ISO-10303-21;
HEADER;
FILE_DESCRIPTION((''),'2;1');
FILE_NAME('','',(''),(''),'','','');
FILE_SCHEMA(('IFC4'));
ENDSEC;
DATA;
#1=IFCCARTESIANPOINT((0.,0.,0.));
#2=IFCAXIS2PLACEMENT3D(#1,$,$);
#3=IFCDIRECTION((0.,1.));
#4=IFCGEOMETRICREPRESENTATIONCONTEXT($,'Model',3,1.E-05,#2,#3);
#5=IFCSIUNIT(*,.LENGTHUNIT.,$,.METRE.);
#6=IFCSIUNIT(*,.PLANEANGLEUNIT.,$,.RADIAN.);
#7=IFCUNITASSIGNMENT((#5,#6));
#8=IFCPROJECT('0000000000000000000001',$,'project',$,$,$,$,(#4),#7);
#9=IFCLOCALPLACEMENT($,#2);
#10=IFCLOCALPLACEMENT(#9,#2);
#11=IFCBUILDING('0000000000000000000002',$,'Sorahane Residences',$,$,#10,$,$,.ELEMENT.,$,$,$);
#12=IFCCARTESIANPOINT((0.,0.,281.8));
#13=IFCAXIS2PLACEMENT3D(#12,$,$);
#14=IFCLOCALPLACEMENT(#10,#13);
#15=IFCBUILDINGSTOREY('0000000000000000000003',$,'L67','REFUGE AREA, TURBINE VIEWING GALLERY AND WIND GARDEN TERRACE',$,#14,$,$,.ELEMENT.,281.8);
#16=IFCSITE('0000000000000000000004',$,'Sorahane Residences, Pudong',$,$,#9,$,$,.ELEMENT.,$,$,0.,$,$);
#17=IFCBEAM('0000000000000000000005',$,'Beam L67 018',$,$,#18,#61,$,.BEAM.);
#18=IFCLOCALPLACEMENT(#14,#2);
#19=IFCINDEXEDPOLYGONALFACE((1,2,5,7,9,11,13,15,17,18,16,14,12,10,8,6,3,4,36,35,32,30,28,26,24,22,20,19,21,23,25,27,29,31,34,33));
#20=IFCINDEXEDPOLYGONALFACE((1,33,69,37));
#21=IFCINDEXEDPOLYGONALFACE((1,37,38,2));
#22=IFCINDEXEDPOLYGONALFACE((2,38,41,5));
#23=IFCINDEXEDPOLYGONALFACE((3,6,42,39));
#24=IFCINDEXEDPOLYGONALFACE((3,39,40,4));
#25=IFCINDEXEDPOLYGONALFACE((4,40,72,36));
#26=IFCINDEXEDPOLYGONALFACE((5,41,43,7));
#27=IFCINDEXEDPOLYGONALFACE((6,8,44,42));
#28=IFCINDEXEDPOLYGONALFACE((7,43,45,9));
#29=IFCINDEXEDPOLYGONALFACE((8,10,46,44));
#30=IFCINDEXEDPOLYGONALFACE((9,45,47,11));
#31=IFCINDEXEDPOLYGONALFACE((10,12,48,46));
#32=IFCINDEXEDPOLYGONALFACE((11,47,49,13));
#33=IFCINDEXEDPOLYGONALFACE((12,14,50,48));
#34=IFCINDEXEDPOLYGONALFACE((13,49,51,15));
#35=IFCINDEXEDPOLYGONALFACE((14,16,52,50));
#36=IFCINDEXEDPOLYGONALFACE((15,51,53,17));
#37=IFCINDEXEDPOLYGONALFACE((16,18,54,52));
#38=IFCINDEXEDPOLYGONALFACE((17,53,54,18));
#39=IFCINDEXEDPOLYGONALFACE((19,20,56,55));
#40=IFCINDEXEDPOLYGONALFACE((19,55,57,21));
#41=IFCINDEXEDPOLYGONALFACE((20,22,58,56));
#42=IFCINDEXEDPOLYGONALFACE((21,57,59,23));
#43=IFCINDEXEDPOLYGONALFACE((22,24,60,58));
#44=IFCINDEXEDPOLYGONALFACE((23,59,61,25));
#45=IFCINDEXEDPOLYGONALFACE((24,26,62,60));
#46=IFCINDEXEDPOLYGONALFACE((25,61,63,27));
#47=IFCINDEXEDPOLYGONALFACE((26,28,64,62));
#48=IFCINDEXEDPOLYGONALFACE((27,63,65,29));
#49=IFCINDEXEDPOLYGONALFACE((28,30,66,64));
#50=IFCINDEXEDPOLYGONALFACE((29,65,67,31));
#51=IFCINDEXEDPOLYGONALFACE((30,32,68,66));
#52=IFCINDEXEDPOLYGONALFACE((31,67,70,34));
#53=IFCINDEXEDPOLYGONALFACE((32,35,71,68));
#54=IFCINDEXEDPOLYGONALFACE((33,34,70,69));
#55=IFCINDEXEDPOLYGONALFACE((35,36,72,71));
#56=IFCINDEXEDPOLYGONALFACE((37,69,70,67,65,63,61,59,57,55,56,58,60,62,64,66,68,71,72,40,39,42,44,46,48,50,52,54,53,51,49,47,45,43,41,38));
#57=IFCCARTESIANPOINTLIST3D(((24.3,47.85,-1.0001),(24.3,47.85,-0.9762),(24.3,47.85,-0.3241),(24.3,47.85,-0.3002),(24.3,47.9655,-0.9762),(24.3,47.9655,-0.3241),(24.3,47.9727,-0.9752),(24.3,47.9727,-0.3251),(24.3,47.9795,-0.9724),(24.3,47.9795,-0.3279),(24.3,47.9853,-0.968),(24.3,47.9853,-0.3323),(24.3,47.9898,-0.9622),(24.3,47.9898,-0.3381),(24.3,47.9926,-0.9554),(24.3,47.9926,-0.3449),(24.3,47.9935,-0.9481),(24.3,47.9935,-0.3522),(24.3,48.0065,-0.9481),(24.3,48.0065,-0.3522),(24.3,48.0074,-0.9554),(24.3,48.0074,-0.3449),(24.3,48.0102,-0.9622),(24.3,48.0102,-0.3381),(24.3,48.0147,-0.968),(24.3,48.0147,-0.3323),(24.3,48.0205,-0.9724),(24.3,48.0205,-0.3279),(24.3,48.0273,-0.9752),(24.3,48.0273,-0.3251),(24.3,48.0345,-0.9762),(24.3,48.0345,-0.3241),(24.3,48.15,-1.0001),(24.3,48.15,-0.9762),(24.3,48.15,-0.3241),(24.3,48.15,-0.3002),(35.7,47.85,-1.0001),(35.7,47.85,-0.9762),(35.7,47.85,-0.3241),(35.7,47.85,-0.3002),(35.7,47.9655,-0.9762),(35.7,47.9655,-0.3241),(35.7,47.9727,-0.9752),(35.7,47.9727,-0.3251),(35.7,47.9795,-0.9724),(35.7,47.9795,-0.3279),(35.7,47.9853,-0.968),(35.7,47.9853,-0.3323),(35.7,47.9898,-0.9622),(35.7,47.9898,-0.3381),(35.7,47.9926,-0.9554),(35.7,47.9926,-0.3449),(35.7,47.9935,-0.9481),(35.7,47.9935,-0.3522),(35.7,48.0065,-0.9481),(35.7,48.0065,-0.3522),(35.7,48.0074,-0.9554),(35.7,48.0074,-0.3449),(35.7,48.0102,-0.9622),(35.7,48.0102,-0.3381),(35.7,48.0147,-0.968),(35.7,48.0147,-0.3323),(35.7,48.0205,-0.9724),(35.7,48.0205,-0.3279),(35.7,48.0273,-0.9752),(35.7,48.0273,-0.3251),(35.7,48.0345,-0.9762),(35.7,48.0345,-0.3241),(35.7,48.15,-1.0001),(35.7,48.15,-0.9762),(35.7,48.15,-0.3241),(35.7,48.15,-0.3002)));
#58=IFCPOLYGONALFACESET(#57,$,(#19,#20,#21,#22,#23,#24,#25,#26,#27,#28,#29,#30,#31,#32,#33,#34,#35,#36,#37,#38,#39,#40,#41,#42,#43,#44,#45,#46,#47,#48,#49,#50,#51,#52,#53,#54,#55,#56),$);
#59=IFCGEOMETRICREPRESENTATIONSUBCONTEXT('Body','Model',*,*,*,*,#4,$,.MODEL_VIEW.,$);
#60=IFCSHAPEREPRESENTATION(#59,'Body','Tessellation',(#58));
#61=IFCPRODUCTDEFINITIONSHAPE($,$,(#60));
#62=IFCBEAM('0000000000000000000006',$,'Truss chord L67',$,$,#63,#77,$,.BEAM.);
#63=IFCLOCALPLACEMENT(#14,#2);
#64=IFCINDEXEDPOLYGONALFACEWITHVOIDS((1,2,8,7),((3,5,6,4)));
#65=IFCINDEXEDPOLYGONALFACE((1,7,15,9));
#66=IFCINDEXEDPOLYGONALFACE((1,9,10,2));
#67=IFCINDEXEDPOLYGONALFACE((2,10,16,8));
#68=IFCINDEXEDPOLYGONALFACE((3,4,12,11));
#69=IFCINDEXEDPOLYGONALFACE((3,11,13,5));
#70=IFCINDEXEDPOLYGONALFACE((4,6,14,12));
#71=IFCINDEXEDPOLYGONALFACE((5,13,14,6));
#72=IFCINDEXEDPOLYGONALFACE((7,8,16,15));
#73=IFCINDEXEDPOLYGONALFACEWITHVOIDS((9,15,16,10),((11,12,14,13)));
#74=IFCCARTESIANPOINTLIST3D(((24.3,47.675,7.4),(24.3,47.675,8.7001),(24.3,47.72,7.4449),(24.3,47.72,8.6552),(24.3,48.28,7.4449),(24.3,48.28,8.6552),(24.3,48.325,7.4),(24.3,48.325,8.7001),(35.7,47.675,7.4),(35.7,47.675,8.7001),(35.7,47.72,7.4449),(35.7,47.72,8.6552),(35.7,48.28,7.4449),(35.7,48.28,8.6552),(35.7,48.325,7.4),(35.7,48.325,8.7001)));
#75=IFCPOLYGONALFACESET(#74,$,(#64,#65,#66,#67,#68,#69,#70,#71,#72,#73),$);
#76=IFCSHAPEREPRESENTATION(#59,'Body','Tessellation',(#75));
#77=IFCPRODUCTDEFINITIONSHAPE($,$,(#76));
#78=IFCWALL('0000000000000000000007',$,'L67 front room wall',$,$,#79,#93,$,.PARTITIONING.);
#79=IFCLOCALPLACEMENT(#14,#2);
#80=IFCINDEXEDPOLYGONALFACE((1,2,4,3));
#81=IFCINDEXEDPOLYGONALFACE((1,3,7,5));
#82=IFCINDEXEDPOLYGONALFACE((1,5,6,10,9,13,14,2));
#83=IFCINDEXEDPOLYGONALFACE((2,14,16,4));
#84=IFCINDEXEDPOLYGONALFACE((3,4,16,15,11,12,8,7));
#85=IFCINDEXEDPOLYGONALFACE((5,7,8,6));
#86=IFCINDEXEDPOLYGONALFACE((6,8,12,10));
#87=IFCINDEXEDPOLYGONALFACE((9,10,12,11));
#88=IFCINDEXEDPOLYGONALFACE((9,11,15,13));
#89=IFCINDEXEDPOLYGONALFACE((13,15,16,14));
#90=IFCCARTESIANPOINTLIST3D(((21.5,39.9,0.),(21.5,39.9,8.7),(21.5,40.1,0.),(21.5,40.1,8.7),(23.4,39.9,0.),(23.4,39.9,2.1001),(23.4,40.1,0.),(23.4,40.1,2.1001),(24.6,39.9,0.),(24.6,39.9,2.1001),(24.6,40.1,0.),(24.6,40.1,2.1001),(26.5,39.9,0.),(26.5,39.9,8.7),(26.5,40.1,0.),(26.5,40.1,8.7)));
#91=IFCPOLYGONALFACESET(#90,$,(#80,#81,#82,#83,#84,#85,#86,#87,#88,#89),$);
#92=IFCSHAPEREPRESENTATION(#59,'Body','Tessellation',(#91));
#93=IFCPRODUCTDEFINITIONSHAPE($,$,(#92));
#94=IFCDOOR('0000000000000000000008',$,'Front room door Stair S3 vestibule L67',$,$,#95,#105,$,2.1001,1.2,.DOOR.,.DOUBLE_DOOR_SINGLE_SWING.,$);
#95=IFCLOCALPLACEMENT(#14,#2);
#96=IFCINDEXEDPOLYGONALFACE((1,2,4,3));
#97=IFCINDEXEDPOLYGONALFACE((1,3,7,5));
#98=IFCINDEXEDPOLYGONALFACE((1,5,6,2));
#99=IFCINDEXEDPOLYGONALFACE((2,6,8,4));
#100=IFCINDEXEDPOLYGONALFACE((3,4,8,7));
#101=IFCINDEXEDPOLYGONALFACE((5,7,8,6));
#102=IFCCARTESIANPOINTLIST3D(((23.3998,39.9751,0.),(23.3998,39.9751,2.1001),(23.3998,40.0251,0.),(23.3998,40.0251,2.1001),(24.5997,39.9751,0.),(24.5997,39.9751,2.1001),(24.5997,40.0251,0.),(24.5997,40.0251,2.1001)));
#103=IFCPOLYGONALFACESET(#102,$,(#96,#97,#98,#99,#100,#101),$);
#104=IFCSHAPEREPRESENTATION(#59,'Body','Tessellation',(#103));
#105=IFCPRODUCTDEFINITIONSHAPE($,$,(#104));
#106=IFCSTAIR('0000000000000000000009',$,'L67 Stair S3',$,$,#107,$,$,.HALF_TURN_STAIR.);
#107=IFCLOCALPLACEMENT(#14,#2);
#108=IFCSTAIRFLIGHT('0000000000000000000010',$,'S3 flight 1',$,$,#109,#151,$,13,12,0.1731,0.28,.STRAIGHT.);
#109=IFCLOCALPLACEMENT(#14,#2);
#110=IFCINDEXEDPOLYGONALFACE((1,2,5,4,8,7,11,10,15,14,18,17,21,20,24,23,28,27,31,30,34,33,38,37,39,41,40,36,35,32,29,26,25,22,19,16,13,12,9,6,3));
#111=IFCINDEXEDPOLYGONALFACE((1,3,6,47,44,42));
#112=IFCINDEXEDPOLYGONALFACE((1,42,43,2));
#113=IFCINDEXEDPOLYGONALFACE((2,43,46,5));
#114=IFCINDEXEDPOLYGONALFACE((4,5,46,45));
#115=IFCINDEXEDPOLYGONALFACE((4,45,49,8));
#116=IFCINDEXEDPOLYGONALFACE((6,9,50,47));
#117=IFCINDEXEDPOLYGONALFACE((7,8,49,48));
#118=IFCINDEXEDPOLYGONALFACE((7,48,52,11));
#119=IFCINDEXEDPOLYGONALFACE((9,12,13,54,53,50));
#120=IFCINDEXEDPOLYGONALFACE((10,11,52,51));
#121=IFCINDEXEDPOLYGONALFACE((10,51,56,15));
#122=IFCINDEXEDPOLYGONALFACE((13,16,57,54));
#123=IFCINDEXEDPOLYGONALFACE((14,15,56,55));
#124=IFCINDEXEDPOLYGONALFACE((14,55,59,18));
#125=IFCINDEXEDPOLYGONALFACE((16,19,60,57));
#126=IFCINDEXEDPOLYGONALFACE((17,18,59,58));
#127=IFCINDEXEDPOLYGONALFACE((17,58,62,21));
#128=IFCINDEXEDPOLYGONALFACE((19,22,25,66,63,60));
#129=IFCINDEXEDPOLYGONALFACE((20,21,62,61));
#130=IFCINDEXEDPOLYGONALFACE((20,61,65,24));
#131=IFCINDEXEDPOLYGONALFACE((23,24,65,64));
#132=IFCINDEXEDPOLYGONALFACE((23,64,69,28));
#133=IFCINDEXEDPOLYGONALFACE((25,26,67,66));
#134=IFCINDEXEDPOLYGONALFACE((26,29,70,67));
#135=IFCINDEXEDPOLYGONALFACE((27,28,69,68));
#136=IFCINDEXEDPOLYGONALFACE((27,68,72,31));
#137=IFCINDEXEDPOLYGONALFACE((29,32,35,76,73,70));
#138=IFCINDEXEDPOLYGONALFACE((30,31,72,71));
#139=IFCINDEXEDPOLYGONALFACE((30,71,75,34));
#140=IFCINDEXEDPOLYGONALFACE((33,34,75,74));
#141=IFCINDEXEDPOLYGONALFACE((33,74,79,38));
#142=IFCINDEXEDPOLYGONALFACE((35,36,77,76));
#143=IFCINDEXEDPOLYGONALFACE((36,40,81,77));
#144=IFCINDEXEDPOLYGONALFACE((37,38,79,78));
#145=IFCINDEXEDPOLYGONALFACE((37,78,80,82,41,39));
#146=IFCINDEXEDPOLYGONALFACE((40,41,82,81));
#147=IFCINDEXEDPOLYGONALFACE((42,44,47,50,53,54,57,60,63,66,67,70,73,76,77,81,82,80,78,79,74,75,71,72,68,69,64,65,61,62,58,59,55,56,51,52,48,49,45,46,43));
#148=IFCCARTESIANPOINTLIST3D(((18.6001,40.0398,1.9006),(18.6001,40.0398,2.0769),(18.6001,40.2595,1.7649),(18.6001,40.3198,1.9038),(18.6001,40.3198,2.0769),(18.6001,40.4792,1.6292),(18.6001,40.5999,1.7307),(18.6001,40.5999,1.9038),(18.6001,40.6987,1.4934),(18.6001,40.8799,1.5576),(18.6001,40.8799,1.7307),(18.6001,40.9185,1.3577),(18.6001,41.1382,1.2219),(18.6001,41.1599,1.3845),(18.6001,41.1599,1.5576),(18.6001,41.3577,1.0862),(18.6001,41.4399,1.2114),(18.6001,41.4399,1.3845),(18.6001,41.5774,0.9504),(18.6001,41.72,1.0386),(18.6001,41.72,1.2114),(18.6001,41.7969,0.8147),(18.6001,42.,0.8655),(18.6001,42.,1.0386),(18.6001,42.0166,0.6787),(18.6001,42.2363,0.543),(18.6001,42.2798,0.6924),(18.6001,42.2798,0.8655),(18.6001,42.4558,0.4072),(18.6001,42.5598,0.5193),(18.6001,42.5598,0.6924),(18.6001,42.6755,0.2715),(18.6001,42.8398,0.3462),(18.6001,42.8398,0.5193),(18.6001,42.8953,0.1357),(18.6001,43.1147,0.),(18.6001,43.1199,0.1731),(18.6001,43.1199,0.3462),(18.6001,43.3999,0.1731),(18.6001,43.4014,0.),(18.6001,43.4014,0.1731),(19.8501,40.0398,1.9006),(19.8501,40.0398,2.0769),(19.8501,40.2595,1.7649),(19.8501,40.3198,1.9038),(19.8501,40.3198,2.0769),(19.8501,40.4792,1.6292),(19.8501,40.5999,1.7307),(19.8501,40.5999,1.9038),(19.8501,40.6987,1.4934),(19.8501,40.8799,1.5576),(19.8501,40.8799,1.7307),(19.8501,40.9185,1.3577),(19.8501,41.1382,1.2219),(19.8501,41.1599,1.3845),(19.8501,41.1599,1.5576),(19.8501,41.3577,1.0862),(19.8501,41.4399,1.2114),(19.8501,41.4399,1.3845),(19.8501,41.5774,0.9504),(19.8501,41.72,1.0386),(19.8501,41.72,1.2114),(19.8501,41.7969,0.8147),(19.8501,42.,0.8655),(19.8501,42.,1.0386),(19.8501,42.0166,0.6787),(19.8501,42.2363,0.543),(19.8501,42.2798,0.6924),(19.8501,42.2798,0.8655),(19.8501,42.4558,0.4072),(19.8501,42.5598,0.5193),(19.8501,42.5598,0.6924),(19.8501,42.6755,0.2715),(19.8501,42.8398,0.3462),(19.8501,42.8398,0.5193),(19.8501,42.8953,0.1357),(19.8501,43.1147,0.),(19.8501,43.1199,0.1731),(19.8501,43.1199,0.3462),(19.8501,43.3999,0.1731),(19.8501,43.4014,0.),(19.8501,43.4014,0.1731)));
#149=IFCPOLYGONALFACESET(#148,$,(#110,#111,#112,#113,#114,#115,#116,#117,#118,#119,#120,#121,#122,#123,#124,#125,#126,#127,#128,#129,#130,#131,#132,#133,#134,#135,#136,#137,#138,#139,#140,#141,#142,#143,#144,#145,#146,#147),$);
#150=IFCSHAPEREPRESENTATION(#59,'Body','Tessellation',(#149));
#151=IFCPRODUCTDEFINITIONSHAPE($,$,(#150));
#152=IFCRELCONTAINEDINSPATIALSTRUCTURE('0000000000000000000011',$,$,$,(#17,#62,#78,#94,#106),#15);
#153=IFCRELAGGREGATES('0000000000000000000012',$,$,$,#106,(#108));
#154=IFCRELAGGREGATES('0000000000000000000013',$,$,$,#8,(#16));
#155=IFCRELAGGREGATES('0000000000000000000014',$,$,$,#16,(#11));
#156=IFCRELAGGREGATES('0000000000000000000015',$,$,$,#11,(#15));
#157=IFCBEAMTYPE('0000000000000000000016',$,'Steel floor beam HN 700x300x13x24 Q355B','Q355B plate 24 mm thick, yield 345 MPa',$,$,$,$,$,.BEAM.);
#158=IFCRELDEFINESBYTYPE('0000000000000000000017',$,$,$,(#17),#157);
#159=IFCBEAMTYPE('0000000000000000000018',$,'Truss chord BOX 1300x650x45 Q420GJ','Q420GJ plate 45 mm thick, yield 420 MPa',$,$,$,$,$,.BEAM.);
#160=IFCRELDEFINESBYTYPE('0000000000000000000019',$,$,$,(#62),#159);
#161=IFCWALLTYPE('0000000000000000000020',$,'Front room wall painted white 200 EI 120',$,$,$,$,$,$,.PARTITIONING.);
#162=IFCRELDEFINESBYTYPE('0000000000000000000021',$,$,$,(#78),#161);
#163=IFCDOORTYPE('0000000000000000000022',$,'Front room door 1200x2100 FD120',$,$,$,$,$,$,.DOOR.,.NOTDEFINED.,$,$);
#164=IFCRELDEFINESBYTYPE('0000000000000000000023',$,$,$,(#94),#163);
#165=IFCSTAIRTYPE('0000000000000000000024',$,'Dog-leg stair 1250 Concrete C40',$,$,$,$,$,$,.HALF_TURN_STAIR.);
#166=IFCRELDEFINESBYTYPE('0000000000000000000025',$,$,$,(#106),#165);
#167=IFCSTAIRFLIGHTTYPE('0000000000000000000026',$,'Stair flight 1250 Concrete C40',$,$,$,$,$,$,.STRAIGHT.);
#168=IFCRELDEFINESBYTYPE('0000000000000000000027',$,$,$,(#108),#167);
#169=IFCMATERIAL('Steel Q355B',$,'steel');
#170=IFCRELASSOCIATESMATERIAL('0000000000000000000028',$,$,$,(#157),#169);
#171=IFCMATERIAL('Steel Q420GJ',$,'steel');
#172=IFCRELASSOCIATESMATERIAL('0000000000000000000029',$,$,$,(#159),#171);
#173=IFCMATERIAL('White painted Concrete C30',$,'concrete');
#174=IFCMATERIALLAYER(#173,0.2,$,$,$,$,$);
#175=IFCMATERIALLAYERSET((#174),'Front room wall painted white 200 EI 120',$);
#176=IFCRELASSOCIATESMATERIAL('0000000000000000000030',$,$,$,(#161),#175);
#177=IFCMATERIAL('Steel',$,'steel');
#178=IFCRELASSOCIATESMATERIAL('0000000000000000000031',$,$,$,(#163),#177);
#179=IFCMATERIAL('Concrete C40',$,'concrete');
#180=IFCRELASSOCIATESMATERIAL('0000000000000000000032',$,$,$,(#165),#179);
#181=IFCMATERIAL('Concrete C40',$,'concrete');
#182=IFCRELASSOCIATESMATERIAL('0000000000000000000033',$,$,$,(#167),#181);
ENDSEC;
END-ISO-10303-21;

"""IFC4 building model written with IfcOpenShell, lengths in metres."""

from ifc_helpers import new_model, si_unit, direction, frame, frame_2d, origin, origin_2d, place, context, subcontext, project, spatial, polyline, rectangle, hollow_rectangle, i_section, outline, extrude, material, layer, layer_set, material_profile, profile_set, type_object, element, fill, aggregate, save


model = new_model("IFC4")

# Units and contexts
model_context = context("Model", 3, precision=1e-05, world=origin(), true_north=direction((0.0, 1.0)))
body_context = subcontext(model_context, "Body", "Model", "MODEL_VIEW")
ifc_project = project(units=[si_unit("LENGTHUNIT", "METRE"), si_unit("PLANEANGLEUNIT", "RADIAN")], contexts=[model_context])

# Site, building, storey
site_placement = place(None, origin())
site = spatial("IfcSite", under=ifc_project, at=site_placement, Name="Sorahane Residences, Pudong", CompositionType="ELEMENT", RefElevation=0.0)
building_placement = place(site_placement, origin())
building = spatial("IfcBuilding", under=site, at=building_placement, Name="Sorahane Residences", CompositionType="ELEMENT")
storey_placement = place(building_placement, frame((0.0, 0.0, 281.8)))
storey = spatial("IfcBuildingStorey", under=building, at=storey_placement, Name="L67", Description="REFUGE AREA, TURBINE VIEWING GALLERY AND WIND GARDEN TERRACE", CompositionType="ELEMENT", Elevation=281.8)

# Beams
ifc_material_1 = material(Name="Steel Q355B", Category="steel")
ifc_material_profile_1 = material_profile(ifc_material_1, i_section(OverallWidth=0.3, OverallDepth=0.7, WebThickness=0.0129, FlangeThickness=0.0239, FilletRadius=0.0281, at=origin_2d()), Name="HN 700x300x13x24")
ifc_profile_set_1 = profile_set([ifc_material_profile_1], Name="Steel Q355B")
beam_type_1 = type_object("IfcBeamType", Name="Steel floor beam HN 700x300x13x24 Q355B", Description="Q355B plate 24 mm thick, yield 345 MPa", PredefinedType="BEAM", material=ifc_profile_set_1)
beam_1_placement = place(storey_placement, frame((24.3, 48.0, -0.6501), z_axis=(1.0, 0.0, 0.0), x_axis=(0.0, 1.0, 0.0)))
element("IfcBeam", 1, at=beam_1_placement, inside=storey, type_object=beam_type_1, Name="Beam L67 018", PredefinedType="BEAM", context=body_context, shape_type="SweptSolid", body=[
    extrude(i_section(OverallWidth=0.3, OverallDepth=0.7, WebThickness=0.0129, FlangeThickness=0.0239, FilletRadius=0.0281, at=origin_2d()), origin(), (0.0, 0.0, 1.0), 11.3999),
])
ifc_material_2 = material(Name="Steel Q420GJ", Category="steel")
ifc_material_profile_2 = material_profile(ifc_material_2, hollow_rectangle(XDim=0.6499, YDim=1.3, WallThickness=0.0449, at=origin_2d()), Name="BOX 1300x650x45")
ifc_profile_set_2 = profile_set([ifc_material_profile_2], Name="Steel Q420GJ")
beam_type_2 = type_object("IfcBeamType", Name="Truss chord BOX 1300x650x45 Q420GJ", Description="Q420GJ plate 45 mm thick, yield 420 MPa", PredefinedType="BEAM", material=ifc_profile_set_2)
beam_2_placement = place(storey_placement, frame((24.3, 48.0, 8.05), z_axis=(1.0, 0.0, 0.0), x_axis=(0.0, 1.0, 0.0)))
element("IfcBeam", 2, at=beam_2_placement, inside=storey, type_object=beam_type_2, Name="Truss chord L67", PredefinedType="BEAM", context=body_context, shape_type="SweptSolid", body=[
    extrude(hollow_rectangle(XDim=0.6499, YDim=1.3, WallThickness=0.0449, at=origin_2d()), origin(), (0.0, 0.0, 1.0), 11.3999),
])

# Wall, opening, door
ifc_material_3 = material(Name="White painted Concrete C30", Category="concrete")
ifc_layer_1 = layer(ifc_material_3, 0.2)
ifc_layer_set_1 = layer_set([ifc_layer_1], Name="Front room wall painted white 200 EI 120")
wall_type = type_object("IfcWallType", Name="Front room wall painted white 200 EI 120", PredefinedType="PARTITIONING", material=ifc_layer_set_1)
wall_placement = place(storey_placement, frame((21.5, 40.0, 0.0), z_axis=(0.0, 0.0, 1.0), x_axis=(1.0, 0.0, 0.0)))
wall = element("IfcWall", 3, at=wall_placement, inside=storey, type_object=wall_type, Name="L67 front room wall", PredefinedType="PARTITIONING", context=body_context, shape_type="SweptSolid", body=[
    extrude(rectangle(XDim=5.0, YDim=0.2, at=frame_2d((2.5, 0.0))), origin(), (0.0, 0.0, 1.0), 8.7),
])
opening_placement = place(wall_placement, frame((1.8999, 0.0, 0.0)))
opening = element("IfcOpeningElement", 4, at=opening_placement, cuts=wall, PredefinedType="OPENING", context=body_context, shape_type="SweptSolid", body=[
    extrude(rectangle(XDim=1.2, YDim=2.1001, at=frame_2d((0.6001, 1.05))), frame((0.0, 0.1099, 0.0), z_axis=(0.0, -1.0, 0.0), x_axis=(1.0, 0.0, 0.0)), (0.0, 0.0, 1.0), 0.22),
])
ifc_material_4 = material(Name="Steel", Category="steel")
door_type = type_object("IfcDoorType", Name="Front room door 1200x2100 FD120", OperationType="NOTDEFINED", PredefinedType="DOOR", material=ifc_material_4)
door_placement = place(opening_placement, frame((1.2, 0.0, 0.0), z_axis=(0.0, 0.0, 1.0), x_axis=(-1.0, 0.0, 0.0)))
door = element("IfcDoor", 5, at=door_placement, inside=storey, type_object=door_type, Name="Front room door Stair S3 vestibule L67", OperationType="DOUBLE_DOOR_SINGLE_SWING", OverallHeight=2.1001, OverallWidth=1.2, PredefinedType="DOOR", context=body_context, shape_type="SweptSolid", body=[
    extrude(rectangle(XDim=1.2, YDim=2.1001, at=frame_2d((0.6001, 1.05))), frame((0.0, 0.0249, 0.0), z_axis=(0.0, -1.0, 0.0), x_axis=(1.0, 0.0, 0.0)), (0.0, 0.0, 1.0), 0.05),
])
fill(opening, door)

# Stair, stair flight
ifc_material_5 = material(Name="Concrete C40", Category="concrete")
stair_type = type_object("IfcStairType", Name="Dog-leg stair 1250 Concrete C40", PredefinedType="HALF_TURN_STAIR", material=ifc_material_5)
stair_placement = place(storey_placement, origin())
stair = element("IfcStair", 6, at=stair_placement, inside=storey, type_object=stair_type, Name="L67 Stair S3", PredefinedType="HALF_TURN_STAIR")
ifc_material_6 = material(Name="Concrete C40", Category="concrete")
stair_flight_type = type_object("IfcStairFlightType", Name="Stair flight 1250 Concrete C40", PredefinedType="STRAIGHT", material=ifc_material_6)
stair_flight_1_placement = place(storey_placement, frame((19.2251, 43.3999, 0.0), z_axis=(0.0, 0.0, 1.0), x_axis=(0.0, -1.0, 0.0)))
stair_flight_1 = element("IfcStairFlight", 7, at=stair_flight_1_placement, type_object=stair_flight_type, Name="S3 flight 1", NumberOfRisers=13, NumberOfTreads=12, PredefinedType="STRAIGHT", RiserHeight=0.1731, TreadLength=0.28, context=body_context, shape_type="SweptSolid", body=[
    extrude(outline(polyline([(-0.0015, 0.0), (-0.0015, 0.1731), (0.0, 0.1731), (0.28, 0.1731), (0.28, 0.3462), (0.5601, 0.3462), (0.5601, 0.5193), (0.8401, 0.5193), (0.8401, 0.6924), (1.1201, 0.6924), (1.1201, 0.8655), (1.3999, 0.8655), (1.3999, 1.0386), (1.6799, 1.0386), (1.6799, 1.2114), (1.96, 1.2114), (1.96, 1.3845), (2.24, 1.3845), (2.24, 1.5576), (2.52, 1.5576), (2.52, 1.7307), (2.8, 1.7307), (2.8, 1.9038), (3.0801, 1.9038), (3.0801, 2.0769), (3.3601, 2.0769), (3.3601, 2.25), (3.3601, 1.9006), (3.1404, 1.7649), (2.9207, 1.6292), (2.7012, 1.4934), (2.4814, 1.3577), (2.2617, 1.2219), (2.0422, 1.0862), (1.8225, 0.9504), (1.603, 0.8147), (1.3833, 0.6787), (1.1636, 0.543), (0.9441, 0.4072), (0.7244, 0.2715), (0.5046, 0.1357), (0.2852, 0.0), (-0.0015, 0.0)])), frame((0.0, 0.625, 0.0), z_axis=(0.0, -1.0, 0.0), x_axis=(1.0, 0.0, 0.0)), (0.0, 0.0, 1.0), 1.25),
])
aggregate(stair, [stair_flight_1])

save(model, "model.ifc")
